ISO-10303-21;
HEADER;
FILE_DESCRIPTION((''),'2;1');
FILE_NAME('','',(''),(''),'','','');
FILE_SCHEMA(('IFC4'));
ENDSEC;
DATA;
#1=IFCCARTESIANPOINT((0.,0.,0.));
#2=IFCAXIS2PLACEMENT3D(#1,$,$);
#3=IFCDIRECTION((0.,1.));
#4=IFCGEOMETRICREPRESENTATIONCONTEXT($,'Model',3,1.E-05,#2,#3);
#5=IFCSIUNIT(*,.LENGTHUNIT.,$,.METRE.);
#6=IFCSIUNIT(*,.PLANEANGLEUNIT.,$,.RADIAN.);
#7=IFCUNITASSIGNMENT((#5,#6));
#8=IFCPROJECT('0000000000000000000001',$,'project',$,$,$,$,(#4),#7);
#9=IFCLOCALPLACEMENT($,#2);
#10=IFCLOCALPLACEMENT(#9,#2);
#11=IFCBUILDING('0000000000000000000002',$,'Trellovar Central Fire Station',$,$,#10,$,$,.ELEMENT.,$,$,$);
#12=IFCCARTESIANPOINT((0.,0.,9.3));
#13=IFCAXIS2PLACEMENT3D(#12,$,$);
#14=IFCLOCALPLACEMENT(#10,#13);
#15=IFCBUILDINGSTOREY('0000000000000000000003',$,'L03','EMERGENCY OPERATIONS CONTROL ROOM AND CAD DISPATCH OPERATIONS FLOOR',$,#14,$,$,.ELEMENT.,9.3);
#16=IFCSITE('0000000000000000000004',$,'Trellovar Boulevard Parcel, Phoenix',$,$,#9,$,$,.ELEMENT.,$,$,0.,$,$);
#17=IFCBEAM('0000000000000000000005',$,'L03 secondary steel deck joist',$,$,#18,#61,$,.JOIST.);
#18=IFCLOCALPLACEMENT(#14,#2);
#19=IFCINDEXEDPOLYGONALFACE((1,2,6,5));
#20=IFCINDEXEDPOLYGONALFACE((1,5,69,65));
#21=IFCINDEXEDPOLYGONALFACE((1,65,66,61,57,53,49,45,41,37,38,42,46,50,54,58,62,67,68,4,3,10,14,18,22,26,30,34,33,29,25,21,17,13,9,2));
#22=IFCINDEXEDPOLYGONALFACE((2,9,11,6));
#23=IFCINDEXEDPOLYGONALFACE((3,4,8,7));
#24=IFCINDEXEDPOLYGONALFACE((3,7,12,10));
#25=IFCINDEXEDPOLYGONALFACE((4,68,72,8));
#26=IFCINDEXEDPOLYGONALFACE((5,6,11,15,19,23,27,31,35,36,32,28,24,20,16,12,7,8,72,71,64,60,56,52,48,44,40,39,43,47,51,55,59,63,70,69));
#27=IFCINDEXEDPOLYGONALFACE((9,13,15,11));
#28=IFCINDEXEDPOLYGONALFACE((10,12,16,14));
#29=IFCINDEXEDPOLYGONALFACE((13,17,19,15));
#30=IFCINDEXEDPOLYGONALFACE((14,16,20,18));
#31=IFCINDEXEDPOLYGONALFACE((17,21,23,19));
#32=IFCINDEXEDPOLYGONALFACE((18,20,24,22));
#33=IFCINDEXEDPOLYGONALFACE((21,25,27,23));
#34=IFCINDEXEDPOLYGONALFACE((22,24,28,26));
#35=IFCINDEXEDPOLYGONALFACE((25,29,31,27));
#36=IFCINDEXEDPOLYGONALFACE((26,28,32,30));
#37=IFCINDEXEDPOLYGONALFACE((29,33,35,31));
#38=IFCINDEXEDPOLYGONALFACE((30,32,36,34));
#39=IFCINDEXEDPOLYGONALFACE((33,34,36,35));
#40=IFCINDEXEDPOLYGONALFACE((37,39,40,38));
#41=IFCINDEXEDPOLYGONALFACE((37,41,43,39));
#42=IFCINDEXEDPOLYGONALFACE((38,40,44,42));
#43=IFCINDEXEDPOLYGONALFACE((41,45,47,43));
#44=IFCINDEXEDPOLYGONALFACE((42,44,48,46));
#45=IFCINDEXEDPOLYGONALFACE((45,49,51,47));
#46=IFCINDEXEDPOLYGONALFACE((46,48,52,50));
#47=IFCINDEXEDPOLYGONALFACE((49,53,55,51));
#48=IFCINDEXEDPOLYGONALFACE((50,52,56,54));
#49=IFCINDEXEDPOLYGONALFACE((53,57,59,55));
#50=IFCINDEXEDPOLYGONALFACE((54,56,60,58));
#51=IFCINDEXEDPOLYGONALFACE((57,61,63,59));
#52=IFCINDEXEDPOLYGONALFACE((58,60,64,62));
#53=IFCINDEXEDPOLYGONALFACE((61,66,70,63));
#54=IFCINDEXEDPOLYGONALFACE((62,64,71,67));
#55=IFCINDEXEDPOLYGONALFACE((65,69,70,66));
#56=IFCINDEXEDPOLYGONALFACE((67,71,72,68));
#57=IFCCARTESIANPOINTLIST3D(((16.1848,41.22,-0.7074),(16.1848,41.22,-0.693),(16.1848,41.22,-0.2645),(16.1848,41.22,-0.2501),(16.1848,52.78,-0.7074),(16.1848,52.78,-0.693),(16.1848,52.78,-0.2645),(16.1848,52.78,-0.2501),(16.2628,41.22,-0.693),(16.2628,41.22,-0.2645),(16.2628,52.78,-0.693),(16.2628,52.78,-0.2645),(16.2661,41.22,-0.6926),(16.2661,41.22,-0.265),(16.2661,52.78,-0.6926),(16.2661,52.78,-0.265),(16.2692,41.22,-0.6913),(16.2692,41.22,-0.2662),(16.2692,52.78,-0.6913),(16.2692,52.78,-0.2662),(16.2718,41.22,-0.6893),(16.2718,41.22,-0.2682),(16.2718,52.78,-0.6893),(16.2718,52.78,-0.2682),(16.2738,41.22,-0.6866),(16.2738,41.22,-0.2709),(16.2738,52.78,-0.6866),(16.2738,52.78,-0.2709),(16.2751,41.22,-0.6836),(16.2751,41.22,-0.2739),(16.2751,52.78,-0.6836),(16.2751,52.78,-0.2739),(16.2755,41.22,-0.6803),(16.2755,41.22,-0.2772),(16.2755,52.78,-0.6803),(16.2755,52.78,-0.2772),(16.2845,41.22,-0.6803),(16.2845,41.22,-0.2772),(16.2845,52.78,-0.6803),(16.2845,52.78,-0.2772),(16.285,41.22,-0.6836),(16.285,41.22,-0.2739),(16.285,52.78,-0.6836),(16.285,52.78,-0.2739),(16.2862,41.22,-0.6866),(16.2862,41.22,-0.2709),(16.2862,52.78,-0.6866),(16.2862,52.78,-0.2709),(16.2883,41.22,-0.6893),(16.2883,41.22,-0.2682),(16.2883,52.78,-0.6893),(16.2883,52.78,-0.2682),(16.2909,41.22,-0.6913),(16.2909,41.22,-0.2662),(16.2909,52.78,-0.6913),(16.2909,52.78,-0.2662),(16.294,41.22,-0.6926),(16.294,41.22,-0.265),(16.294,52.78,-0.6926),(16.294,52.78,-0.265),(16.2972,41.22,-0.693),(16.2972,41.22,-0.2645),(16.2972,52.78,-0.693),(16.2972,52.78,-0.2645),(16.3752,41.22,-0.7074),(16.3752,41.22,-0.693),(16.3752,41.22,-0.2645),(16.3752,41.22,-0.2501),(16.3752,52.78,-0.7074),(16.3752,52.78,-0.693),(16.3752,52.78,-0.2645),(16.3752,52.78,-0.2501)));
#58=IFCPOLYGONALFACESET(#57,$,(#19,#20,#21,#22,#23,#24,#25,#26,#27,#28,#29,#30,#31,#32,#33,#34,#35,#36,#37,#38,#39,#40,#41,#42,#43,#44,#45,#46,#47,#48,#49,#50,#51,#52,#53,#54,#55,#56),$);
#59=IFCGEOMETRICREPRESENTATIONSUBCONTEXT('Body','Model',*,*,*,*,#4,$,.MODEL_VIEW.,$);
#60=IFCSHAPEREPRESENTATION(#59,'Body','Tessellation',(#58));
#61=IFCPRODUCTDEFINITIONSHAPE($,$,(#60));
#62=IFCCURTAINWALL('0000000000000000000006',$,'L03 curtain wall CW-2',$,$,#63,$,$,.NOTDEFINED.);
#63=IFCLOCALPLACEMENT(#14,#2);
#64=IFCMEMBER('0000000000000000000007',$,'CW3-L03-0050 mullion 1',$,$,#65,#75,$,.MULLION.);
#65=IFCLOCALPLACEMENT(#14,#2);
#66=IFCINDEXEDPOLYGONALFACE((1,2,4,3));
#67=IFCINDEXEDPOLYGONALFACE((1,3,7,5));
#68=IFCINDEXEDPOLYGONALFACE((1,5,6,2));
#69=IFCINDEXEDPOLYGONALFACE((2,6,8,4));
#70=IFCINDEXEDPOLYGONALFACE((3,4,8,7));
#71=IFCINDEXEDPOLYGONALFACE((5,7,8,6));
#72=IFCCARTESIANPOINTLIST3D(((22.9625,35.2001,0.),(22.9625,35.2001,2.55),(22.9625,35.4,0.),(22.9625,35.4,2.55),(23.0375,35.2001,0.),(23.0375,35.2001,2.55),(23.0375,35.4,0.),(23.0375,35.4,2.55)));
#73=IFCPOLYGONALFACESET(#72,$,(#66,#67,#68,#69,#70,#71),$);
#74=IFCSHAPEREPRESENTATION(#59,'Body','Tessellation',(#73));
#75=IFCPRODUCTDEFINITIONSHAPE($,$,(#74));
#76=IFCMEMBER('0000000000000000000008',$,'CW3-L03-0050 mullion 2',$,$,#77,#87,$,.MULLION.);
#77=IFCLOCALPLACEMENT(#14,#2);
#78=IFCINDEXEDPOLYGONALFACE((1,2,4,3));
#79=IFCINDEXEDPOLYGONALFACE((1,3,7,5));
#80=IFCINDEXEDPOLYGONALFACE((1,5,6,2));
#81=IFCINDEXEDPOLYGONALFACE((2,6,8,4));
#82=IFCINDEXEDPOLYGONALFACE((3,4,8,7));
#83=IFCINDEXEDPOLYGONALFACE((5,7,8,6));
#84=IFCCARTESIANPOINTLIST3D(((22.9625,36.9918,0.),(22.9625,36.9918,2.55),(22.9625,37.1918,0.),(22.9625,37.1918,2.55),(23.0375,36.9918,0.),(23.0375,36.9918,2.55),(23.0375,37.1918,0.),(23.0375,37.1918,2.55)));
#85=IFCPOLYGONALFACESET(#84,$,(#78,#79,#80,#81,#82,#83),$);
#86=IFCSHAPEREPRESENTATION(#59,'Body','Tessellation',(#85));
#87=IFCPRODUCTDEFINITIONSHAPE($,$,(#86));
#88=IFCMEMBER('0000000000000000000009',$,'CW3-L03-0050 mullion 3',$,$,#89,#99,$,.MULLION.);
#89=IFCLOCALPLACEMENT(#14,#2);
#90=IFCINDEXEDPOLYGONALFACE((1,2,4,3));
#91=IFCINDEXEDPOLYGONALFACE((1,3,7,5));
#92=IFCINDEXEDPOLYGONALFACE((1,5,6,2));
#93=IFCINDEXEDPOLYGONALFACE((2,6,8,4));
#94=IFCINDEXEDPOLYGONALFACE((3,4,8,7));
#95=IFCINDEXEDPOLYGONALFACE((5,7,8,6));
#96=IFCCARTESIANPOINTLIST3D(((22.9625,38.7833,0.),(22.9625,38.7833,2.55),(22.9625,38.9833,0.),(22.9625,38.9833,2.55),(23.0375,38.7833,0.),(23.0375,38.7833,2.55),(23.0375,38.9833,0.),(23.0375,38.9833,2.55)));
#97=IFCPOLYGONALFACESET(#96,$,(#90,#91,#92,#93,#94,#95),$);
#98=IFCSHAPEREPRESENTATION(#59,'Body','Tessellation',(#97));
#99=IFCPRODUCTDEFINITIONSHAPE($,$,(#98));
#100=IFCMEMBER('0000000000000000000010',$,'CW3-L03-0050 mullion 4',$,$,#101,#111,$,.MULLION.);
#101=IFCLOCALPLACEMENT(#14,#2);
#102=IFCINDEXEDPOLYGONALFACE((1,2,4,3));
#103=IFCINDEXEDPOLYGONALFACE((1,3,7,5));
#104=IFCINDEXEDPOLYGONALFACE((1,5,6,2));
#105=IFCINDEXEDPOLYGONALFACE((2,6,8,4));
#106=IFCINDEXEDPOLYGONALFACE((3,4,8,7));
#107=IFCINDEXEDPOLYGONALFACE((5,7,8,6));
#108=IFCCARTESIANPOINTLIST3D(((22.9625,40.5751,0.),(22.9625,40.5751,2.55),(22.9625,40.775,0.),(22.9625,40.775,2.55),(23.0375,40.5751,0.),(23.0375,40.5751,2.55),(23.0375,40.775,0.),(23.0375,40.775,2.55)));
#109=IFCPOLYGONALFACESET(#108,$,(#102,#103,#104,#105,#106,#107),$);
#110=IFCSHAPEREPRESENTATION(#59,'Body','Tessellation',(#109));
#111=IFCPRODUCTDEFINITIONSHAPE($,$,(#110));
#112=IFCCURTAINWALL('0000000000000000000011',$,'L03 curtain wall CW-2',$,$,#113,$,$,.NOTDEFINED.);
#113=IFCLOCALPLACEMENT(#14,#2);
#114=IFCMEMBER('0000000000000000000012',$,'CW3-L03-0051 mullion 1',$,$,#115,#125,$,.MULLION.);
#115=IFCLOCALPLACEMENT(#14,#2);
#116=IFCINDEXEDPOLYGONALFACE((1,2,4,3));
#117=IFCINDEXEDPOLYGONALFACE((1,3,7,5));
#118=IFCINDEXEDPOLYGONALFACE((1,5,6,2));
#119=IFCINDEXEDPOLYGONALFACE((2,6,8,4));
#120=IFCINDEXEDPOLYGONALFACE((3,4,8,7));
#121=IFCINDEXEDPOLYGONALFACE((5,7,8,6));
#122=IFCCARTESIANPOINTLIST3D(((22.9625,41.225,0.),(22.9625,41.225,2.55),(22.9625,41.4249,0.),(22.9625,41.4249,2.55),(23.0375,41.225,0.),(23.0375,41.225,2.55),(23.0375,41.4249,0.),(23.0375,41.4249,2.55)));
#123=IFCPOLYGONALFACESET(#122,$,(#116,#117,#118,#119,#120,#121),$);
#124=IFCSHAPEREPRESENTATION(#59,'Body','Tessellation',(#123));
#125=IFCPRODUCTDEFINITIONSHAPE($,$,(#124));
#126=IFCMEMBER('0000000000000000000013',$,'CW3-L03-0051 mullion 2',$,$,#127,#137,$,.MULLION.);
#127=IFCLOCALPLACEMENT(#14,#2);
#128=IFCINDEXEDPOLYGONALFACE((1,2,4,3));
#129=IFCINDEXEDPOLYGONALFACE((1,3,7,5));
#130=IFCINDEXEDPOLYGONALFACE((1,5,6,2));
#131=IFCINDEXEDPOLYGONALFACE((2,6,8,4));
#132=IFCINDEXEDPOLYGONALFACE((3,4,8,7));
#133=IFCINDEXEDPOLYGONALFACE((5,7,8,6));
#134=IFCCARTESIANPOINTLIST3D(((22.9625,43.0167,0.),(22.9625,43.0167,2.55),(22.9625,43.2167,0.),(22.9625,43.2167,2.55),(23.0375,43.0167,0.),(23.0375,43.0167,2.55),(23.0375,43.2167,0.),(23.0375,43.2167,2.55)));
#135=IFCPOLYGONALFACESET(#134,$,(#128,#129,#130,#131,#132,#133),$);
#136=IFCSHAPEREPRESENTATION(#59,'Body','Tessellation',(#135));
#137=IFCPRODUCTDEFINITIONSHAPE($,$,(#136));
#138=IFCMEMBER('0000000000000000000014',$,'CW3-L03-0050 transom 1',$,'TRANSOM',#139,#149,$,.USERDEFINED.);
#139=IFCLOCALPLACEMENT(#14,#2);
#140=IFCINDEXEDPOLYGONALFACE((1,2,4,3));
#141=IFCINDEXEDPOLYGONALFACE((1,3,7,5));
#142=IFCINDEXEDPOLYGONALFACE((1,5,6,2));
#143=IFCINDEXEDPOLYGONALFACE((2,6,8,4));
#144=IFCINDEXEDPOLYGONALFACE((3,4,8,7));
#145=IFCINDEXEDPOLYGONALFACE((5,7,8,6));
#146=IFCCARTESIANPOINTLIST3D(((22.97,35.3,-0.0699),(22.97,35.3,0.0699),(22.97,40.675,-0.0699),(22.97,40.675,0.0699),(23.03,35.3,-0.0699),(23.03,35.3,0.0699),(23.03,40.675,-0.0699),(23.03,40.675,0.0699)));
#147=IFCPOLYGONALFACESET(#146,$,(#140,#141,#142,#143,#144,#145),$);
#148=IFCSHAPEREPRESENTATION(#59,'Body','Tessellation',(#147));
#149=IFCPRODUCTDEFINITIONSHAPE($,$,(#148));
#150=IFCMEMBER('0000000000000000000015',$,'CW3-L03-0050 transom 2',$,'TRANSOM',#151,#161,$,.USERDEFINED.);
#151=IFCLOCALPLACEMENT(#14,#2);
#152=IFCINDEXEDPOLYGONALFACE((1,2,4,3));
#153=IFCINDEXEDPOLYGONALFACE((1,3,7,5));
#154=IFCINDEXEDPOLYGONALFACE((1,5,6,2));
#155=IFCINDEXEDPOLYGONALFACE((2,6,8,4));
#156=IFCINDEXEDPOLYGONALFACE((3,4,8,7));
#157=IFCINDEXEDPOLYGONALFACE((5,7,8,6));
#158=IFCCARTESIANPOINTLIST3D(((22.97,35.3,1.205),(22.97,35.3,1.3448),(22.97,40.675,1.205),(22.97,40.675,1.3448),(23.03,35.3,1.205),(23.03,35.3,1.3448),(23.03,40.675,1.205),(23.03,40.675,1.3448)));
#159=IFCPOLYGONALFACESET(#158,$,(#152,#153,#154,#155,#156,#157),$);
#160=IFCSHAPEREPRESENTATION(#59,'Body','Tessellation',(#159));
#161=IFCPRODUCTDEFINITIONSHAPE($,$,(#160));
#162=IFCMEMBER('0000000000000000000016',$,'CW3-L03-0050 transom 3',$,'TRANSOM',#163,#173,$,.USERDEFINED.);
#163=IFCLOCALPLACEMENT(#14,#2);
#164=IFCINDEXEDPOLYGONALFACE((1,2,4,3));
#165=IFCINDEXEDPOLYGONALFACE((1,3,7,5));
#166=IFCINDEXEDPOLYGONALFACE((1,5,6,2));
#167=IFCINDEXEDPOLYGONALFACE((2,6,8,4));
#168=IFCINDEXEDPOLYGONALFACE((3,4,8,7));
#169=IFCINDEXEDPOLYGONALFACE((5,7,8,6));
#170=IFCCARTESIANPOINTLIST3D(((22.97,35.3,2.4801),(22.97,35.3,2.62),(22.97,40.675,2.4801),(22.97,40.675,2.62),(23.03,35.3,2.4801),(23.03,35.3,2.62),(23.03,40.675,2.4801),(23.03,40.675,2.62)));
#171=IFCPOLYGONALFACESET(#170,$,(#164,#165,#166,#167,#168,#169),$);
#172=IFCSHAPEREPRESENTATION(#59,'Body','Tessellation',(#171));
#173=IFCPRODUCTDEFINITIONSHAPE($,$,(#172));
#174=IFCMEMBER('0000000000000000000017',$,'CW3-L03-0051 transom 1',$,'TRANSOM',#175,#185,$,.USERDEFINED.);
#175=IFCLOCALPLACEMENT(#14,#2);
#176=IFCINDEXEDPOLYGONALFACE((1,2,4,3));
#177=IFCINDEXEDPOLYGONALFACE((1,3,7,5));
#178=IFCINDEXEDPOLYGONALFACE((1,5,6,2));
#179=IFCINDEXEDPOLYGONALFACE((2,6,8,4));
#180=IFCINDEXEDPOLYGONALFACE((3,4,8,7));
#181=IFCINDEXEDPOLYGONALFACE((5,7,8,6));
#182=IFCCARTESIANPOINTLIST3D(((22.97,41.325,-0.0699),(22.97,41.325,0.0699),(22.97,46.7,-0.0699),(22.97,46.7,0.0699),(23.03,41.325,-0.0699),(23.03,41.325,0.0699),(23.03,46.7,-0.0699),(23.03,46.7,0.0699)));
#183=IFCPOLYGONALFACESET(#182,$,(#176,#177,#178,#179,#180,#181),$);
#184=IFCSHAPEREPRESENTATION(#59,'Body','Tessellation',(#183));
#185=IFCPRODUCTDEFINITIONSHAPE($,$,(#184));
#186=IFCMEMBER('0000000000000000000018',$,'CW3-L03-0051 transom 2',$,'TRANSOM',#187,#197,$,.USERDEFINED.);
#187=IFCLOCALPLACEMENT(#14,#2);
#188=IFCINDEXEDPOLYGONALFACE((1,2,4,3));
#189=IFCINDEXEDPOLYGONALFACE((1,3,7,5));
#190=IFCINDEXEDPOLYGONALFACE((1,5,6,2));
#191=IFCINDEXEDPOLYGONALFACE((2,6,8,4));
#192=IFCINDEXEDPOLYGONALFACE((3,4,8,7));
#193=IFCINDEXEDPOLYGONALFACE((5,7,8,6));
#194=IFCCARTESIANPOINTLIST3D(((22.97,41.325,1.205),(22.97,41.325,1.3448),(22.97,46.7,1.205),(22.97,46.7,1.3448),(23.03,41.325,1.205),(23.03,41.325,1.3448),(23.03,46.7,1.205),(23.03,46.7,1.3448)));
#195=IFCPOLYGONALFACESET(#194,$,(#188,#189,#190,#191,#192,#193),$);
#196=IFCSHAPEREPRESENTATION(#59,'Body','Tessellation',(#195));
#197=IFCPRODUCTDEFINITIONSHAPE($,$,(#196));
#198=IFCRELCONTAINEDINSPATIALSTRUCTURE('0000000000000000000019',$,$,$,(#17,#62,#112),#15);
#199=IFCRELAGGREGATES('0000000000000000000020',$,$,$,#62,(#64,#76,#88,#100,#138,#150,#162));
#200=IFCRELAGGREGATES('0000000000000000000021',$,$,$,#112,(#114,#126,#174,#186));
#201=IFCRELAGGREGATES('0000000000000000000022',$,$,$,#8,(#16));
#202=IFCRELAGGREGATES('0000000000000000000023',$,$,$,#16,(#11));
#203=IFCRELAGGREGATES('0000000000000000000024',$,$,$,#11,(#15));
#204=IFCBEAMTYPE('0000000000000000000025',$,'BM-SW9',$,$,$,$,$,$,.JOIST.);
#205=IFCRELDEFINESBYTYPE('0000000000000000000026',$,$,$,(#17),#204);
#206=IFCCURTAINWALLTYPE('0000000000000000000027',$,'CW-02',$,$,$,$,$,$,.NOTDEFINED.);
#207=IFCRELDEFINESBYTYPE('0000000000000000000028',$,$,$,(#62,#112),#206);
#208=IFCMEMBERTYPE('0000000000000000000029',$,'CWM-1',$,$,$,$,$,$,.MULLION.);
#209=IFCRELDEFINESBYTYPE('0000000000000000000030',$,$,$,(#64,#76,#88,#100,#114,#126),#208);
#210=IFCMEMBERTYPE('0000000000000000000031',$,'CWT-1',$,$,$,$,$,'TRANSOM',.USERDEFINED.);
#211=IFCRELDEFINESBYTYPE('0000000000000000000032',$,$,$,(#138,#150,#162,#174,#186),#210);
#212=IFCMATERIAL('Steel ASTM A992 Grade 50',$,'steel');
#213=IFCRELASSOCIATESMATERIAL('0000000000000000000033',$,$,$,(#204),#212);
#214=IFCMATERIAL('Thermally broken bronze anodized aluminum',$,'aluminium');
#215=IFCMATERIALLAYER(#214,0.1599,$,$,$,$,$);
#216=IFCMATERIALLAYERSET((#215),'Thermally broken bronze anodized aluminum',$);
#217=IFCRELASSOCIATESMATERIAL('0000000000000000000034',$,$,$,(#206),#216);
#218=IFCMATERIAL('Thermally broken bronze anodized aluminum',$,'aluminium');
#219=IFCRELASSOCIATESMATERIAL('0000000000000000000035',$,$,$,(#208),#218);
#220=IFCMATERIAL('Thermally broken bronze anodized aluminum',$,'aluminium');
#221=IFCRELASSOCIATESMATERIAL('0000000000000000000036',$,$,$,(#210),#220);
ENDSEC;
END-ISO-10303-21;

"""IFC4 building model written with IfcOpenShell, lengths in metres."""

from ifc_helpers import new_model, si_unit, direction, frame, origin, origin_2d, place, context, subcontext, project, spatial, rectangle, i_section, extrude, material, layer, layer_set, material_profile, profile_set, type_object, element, aggregate, save


model = new_model("IFC4")

# Units and contexts
model_context = context("Model", 3, precision=1e-05, world=origin(), true_north=direction((0.0, 1.0)))
body_context = subcontext(model_context, "Body", "Model", "MODEL_VIEW")
ifc_project = project(units=[si_unit("LENGTHUNIT", "METRE"), si_unit("PLANEANGLEUNIT", "RADIAN")], contexts=[model_context])

# Site, building, storey
site_placement = place(None, origin())
site = spatial("IfcSite", under=ifc_project, at=site_placement, Name="Trellovar Boulevard Parcel, Phoenix", CompositionType="ELEMENT", RefElevation=0.0)
building_placement = place(site_placement, origin())
building = spatial("IfcBuilding", under=site, at=building_placement, Name="Trellovar Central Fire Station", CompositionType="ELEMENT")
storey_placement = place(building_placement, frame((0.0, 0.0, 9.3)))
storey = spatial("IfcBuildingStorey", under=building, at=storey_placement, Name="L03", Description="EMERGENCY OPERATIONS CONTROL ROOM AND CAD DISPATCH OPERATIONS FLOOR", CompositionType="ELEMENT", Elevation=9.3)

# Beam
ifc_material_1 = material(Name="Steel ASTM A992 Grade 50", Category="steel")
ifc_material_profile_1 = material_profile(ifc_material_1, i_section(OverallWidth=0.1904, OverallDepth=0.4573, WebThickness=0.009, FlangeThickness=0.0144, FilletRadius=0.0127, at=origin_2d()), Name="W18X50")
ifc_profile_set_1 = profile_set([ifc_material_profile_1], Name="Steel ASTM A992 Grade 50")
beam_type_1 = type_object("IfcBeamType", Name="BM-SW9", PredefinedType="JOIST", material=ifc_profile_set_1)
beam_1_placement = place(storey_placement, frame((16.28, 41.22, -0.4788), z_axis=(0.0, 1.0, 0.0), x_axis=(-1.0, 0.0, 0.0)))
element("IfcBeam", 1, at=beam_1_placement, inside=storey, type_object=beam_type_1, Name="L03 secondary steel deck joist", PredefinedType="JOIST", context=body_context, shape_type="SweptSolid", body=[
    extrude(i_section(OverallWidth=0.1904, OverallDepth=0.4573, WebThickness=0.009, FlangeThickness=0.0144, FilletRadius=0.0127, at=origin_2d()), origin(), (0.0, 0.0, 1.0), 11.5601),
])

# Curtain walls, members
ifc_material_2 = material(Name="Thermally broken bronze anodized aluminum", Category="aluminium")
ifc_layer_1 = layer(ifc_material_2, 0.1599)
ifc_layer_set_1 = layer_set([ifc_layer_1], Name="Thermally broken bronze anodized aluminum")
curtain_wall_type = type_object("IfcCurtainWallType", Name="CW-02", PredefinedType="NOTDEFINED", material=ifc_layer_set_1)
curtain_wall_1_placement = place(storey_placement, origin())
curtain_wall_1 = element("IfcCurtainWall", 2, at=curtain_wall_1_placement, inside=storey, type_object=curtain_wall_type, Name="L03 curtain wall CW-2", PredefinedType="NOTDEFINED")
ifc_material_3 = material(Name="Thermally broken bronze anodized aluminum", Category="aluminium")
ifc_material_profile_2 = material_profile(ifc_material_3, rectangle(XDim=0.075, YDim=0.2, at=origin_2d()), Name="ALU75X200")
ifc_profile_set_2 = profile_set([ifc_material_profile_2], Name="Thermally broken bronze anodized aluminum")
member_type_1 = type_object("IfcMemberType", Name="CWM-1", PredefinedType="MULLION", material=ifc_profile_set_2)
member_1_placement = place(storey_placement, frame((23.0, 35.3, 0.0), z_axis=(0.0, 0.0, 1.0), x_axis=(1.0, 0.0, 0.0)))
member_1 = element("IfcMember", 3, at=member_1_placement, type_object=member_type_1, Name="CW3-L03-0050 mullion 1", PredefinedType="MULLION", context=body_context, shape_type="SweptSolid", body=[
    extrude(rectangle(XDim=0.075, YDim=0.2, at=origin_2d()), origin(), (0.0, 0.0, 1.0), 2.55),
])
member_2_placement = place(storey_placement, frame((23.0, 37.0918, 0.0), z_axis=(0.0, 0.0, 1.0), x_axis=(1.0, 0.0, 0.0)))
member_2 = element("IfcMember", 4, at=member_2_placement, type_object=member_type_1, Name="CW3-L03-0050 mullion 2", PredefinedType="MULLION", context=body_context, shape_type="SweptSolid", body=[
    extrude(rectangle(XDim=0.075, YDim=0.2, at=origin_2d()), origin(), (0.0, 0.0, 1.0), 2.55),
])
member_3_placement = place(storey_placement, frame((23.0, 38.8833, 0.0), z_axis=(0.0, 0.0, 1.0), x_axis=(1.0, 0.0, 0.0)))
member_3 = element("IfcMember", 5, at=member_3_placement, type_object=member_type_1, Name="CW3-L03-0050 mullion 3", PredefinedType="MULLION", context=body_context, shape_type="SweptSolid", body=[
    extrude(rectangle(XDim=0.075, YDim=0.2, at=origin_2d()), origin(), (0.0, 0.0, 1.0), 2.55),
])
member_4_placement = place(storey_placement, frame((23.0, 40.675, 0.0), z_axis=(0.0, 0.0, 1.0), x_axis=(1.0, 0.0, 0.0)))
member_4 = element("IfcMember", 6, at=member_4_placement, type_object=member_type_1, Name="CW3-L03-0050 mullion 4", PredefinedType="MULLION", context=body_context, shape_type="SweptSolid", body=[
    extrude(rectangle(XDim=0.075, YDim=0.2, at=origin_2d()), origin(), (0.0, 0.0, 1.0), 2.55),
])
curtain_wall_2_placement = place(storey_placement, origin())
curtain_wall_2 = element("IfcCurtainWall", 7, at=curtain_wall_2_placement, inside=storey, type_object=curtain_wall_type, Name="L03 curtain wall CW-2", PredefinedType="NOTDEFINED")
member_5_placement = place(storey_placement, frame((23.0, 41.325, 0.0), z_axis=(0.0, 0.0, 1.0), x_axis=(1.0, 0.0, 0.0)))
member_5 = element("IfcMember", 8, at=member_5_placement, type_object=member_type_1, Name="CW3-L03-0051 mullion 1", PredefinedType="MULLION", context=body_context, shape_type="SweptSolid", body=[
    extrude(rectangle(XDim=0.075, YDim=0.2, at=origin_2d()), origin(), (0.0, 0.0, 1.0), 2.55),
])
member_6_placement = place(storey_placement, frame((23.0, 43.1167, 0.0), z_axis=(0.0, 0.0, 1.0), x_axis=(1.0, 0.0, 0.0)))
member_6 = element("IfcMember", 9, at=member_6_placement, type_object=member_type_1, Name="CW3-L03-0051 mullion 2", PredefinedType="MULLION", context=body_context, shape_type="SweptSolid", body=[
    extrude(rectangle(XDim=0.075, YDim=0.2, at=origin_2d()), origin(), (0.0, 0.0, 1.0), 2.55),
])

# Members
ifc_material_4 = material(Name="Thermally broken bronze anodized aluminum", Category="aluminium")
ifc_material_profile_3 = material_profile(ifc_material_4, rectangle(XDim=0.0601, YDim=0.1399, at=origin_2d()), Name="ALU60X140")
ifc_profile_set_3 = profile_set([ifc_material_profile_3], Name="Thermally broken bronze anodized aluminum")
member_type_2 = type_object("IfcMemberType", Name="CWT-1", ElementType="TRANSOM", PredefinedType="USERDEFINED", material=ifc_profile_set_3)
member_7_placement = place(storey_placement, frame((23.0, 35.3, 0.0), z_axis=(0.0, 1.0, 0.0), x_axis=(-1.0, 0.0, 0.0)))
member_7 = element("IfcMember", 10, at=member_7_placement, type_object=member_type_2, Name="CW3-L03-0050 transom 1", ObjectType="TRANSOM", PredefinedType="USERDEFINED", context=body_context, shape_type="SweptSolid", body=[
    extrude(rectangle(XDim=0.0601, YDim=0.1399, at=origin_2d()), origin(), (0.0, 0.0, 1.0), 5.375),
])
member_8_placement = place(storey_placement, frame((23.0, 35.3, 1.2749), z_axis=(0.0, 1.0, 0.0), x_axis=(-1.0, 0.0, 0.0)))
member_8 = element("IfcMember", 11, at=member_8_placement, type_object=member_type_2, Name="CW3-L03-0050 transom 2", ObjectType="TRANSOM", PredefinedType="USERDEFINED", context=body_context, shape_type="SweptSolid", body=[
    extrude(rectangle(XDim=0.0601, YDim=0.1399, at=origin_2d()), origin(), (0.0, 0.0, 1.0), 5.375),
])
member_9_placement = place(storey_placement, frame((23.0, 35.3, 2.55), z_axis=(0.0, 1.0, 0.0), x_axis=(-1.0, 0.0, 0.0)))
member_9 = element("IfcMember", 12, at=member_9_placement, type_object=member_type_2, Name="CW3-L03-0050 transom 3", ObjectType="TRANSOM", PredefinedType="USERDEFINED", context=body_context, shape_type="SweptSolid", body=[
    extrude(rectangle(XDim=0.0601, YDim=0.1399, at=origin_2d()), origin(), (0.0, 0.0, 1.0), 5.375),
])
member_10_placement = place(storey_placement, frame((23.0, 41.325, 0.0), z_axis=(0.0, 1.0, 0.0), x_axis=(-1.0, 0.0, 0.0)))
member_10 = element("IfcMember", 13, at=member_10_placement, type_object=member_type_2, Name="CW3-L03-0051 transom 1", ObjectType="TRANSOM", PredefinedType="USERDEFINED", context=body_context, shape_type="SweptSolid", body=[
    extrude(rectangle(XDim=0.0601, YDim=0.1399, at=origin_2d()), origin(), (0.0, 0.0, 1.0), 5.375),
])
member_11_placement = place(storey_placement, frame((23.0, 41.325, 1.2749), z_axis=(0.0, 1.0, 0.0), x_axis=(-1.0, 0.0, 0.0)))
member_11 = element("IfcMember", 14, at=member_11_placement, type_object=member_type_2, Name="CW3-L03-0051 transom 2", ObjectType="TRANSOM", PredefinedType="USERDEFINED", context=body_context, shape_type="SweptSolid", body=[
    extrude(rectangle(XDim=0.0601, YDim=0.1399, at=origin_2d()), origin(), (0.0, 0.0, 1.0), 5.375),
])

aggregate(curtain_wall_1, [member_1, member_2, member_3, member_4, member_7, member_8, member_9])
aggregate(curtain_wall_2, [member_5, member_6, member_10, member_11])

save(model, "model.ifc")
